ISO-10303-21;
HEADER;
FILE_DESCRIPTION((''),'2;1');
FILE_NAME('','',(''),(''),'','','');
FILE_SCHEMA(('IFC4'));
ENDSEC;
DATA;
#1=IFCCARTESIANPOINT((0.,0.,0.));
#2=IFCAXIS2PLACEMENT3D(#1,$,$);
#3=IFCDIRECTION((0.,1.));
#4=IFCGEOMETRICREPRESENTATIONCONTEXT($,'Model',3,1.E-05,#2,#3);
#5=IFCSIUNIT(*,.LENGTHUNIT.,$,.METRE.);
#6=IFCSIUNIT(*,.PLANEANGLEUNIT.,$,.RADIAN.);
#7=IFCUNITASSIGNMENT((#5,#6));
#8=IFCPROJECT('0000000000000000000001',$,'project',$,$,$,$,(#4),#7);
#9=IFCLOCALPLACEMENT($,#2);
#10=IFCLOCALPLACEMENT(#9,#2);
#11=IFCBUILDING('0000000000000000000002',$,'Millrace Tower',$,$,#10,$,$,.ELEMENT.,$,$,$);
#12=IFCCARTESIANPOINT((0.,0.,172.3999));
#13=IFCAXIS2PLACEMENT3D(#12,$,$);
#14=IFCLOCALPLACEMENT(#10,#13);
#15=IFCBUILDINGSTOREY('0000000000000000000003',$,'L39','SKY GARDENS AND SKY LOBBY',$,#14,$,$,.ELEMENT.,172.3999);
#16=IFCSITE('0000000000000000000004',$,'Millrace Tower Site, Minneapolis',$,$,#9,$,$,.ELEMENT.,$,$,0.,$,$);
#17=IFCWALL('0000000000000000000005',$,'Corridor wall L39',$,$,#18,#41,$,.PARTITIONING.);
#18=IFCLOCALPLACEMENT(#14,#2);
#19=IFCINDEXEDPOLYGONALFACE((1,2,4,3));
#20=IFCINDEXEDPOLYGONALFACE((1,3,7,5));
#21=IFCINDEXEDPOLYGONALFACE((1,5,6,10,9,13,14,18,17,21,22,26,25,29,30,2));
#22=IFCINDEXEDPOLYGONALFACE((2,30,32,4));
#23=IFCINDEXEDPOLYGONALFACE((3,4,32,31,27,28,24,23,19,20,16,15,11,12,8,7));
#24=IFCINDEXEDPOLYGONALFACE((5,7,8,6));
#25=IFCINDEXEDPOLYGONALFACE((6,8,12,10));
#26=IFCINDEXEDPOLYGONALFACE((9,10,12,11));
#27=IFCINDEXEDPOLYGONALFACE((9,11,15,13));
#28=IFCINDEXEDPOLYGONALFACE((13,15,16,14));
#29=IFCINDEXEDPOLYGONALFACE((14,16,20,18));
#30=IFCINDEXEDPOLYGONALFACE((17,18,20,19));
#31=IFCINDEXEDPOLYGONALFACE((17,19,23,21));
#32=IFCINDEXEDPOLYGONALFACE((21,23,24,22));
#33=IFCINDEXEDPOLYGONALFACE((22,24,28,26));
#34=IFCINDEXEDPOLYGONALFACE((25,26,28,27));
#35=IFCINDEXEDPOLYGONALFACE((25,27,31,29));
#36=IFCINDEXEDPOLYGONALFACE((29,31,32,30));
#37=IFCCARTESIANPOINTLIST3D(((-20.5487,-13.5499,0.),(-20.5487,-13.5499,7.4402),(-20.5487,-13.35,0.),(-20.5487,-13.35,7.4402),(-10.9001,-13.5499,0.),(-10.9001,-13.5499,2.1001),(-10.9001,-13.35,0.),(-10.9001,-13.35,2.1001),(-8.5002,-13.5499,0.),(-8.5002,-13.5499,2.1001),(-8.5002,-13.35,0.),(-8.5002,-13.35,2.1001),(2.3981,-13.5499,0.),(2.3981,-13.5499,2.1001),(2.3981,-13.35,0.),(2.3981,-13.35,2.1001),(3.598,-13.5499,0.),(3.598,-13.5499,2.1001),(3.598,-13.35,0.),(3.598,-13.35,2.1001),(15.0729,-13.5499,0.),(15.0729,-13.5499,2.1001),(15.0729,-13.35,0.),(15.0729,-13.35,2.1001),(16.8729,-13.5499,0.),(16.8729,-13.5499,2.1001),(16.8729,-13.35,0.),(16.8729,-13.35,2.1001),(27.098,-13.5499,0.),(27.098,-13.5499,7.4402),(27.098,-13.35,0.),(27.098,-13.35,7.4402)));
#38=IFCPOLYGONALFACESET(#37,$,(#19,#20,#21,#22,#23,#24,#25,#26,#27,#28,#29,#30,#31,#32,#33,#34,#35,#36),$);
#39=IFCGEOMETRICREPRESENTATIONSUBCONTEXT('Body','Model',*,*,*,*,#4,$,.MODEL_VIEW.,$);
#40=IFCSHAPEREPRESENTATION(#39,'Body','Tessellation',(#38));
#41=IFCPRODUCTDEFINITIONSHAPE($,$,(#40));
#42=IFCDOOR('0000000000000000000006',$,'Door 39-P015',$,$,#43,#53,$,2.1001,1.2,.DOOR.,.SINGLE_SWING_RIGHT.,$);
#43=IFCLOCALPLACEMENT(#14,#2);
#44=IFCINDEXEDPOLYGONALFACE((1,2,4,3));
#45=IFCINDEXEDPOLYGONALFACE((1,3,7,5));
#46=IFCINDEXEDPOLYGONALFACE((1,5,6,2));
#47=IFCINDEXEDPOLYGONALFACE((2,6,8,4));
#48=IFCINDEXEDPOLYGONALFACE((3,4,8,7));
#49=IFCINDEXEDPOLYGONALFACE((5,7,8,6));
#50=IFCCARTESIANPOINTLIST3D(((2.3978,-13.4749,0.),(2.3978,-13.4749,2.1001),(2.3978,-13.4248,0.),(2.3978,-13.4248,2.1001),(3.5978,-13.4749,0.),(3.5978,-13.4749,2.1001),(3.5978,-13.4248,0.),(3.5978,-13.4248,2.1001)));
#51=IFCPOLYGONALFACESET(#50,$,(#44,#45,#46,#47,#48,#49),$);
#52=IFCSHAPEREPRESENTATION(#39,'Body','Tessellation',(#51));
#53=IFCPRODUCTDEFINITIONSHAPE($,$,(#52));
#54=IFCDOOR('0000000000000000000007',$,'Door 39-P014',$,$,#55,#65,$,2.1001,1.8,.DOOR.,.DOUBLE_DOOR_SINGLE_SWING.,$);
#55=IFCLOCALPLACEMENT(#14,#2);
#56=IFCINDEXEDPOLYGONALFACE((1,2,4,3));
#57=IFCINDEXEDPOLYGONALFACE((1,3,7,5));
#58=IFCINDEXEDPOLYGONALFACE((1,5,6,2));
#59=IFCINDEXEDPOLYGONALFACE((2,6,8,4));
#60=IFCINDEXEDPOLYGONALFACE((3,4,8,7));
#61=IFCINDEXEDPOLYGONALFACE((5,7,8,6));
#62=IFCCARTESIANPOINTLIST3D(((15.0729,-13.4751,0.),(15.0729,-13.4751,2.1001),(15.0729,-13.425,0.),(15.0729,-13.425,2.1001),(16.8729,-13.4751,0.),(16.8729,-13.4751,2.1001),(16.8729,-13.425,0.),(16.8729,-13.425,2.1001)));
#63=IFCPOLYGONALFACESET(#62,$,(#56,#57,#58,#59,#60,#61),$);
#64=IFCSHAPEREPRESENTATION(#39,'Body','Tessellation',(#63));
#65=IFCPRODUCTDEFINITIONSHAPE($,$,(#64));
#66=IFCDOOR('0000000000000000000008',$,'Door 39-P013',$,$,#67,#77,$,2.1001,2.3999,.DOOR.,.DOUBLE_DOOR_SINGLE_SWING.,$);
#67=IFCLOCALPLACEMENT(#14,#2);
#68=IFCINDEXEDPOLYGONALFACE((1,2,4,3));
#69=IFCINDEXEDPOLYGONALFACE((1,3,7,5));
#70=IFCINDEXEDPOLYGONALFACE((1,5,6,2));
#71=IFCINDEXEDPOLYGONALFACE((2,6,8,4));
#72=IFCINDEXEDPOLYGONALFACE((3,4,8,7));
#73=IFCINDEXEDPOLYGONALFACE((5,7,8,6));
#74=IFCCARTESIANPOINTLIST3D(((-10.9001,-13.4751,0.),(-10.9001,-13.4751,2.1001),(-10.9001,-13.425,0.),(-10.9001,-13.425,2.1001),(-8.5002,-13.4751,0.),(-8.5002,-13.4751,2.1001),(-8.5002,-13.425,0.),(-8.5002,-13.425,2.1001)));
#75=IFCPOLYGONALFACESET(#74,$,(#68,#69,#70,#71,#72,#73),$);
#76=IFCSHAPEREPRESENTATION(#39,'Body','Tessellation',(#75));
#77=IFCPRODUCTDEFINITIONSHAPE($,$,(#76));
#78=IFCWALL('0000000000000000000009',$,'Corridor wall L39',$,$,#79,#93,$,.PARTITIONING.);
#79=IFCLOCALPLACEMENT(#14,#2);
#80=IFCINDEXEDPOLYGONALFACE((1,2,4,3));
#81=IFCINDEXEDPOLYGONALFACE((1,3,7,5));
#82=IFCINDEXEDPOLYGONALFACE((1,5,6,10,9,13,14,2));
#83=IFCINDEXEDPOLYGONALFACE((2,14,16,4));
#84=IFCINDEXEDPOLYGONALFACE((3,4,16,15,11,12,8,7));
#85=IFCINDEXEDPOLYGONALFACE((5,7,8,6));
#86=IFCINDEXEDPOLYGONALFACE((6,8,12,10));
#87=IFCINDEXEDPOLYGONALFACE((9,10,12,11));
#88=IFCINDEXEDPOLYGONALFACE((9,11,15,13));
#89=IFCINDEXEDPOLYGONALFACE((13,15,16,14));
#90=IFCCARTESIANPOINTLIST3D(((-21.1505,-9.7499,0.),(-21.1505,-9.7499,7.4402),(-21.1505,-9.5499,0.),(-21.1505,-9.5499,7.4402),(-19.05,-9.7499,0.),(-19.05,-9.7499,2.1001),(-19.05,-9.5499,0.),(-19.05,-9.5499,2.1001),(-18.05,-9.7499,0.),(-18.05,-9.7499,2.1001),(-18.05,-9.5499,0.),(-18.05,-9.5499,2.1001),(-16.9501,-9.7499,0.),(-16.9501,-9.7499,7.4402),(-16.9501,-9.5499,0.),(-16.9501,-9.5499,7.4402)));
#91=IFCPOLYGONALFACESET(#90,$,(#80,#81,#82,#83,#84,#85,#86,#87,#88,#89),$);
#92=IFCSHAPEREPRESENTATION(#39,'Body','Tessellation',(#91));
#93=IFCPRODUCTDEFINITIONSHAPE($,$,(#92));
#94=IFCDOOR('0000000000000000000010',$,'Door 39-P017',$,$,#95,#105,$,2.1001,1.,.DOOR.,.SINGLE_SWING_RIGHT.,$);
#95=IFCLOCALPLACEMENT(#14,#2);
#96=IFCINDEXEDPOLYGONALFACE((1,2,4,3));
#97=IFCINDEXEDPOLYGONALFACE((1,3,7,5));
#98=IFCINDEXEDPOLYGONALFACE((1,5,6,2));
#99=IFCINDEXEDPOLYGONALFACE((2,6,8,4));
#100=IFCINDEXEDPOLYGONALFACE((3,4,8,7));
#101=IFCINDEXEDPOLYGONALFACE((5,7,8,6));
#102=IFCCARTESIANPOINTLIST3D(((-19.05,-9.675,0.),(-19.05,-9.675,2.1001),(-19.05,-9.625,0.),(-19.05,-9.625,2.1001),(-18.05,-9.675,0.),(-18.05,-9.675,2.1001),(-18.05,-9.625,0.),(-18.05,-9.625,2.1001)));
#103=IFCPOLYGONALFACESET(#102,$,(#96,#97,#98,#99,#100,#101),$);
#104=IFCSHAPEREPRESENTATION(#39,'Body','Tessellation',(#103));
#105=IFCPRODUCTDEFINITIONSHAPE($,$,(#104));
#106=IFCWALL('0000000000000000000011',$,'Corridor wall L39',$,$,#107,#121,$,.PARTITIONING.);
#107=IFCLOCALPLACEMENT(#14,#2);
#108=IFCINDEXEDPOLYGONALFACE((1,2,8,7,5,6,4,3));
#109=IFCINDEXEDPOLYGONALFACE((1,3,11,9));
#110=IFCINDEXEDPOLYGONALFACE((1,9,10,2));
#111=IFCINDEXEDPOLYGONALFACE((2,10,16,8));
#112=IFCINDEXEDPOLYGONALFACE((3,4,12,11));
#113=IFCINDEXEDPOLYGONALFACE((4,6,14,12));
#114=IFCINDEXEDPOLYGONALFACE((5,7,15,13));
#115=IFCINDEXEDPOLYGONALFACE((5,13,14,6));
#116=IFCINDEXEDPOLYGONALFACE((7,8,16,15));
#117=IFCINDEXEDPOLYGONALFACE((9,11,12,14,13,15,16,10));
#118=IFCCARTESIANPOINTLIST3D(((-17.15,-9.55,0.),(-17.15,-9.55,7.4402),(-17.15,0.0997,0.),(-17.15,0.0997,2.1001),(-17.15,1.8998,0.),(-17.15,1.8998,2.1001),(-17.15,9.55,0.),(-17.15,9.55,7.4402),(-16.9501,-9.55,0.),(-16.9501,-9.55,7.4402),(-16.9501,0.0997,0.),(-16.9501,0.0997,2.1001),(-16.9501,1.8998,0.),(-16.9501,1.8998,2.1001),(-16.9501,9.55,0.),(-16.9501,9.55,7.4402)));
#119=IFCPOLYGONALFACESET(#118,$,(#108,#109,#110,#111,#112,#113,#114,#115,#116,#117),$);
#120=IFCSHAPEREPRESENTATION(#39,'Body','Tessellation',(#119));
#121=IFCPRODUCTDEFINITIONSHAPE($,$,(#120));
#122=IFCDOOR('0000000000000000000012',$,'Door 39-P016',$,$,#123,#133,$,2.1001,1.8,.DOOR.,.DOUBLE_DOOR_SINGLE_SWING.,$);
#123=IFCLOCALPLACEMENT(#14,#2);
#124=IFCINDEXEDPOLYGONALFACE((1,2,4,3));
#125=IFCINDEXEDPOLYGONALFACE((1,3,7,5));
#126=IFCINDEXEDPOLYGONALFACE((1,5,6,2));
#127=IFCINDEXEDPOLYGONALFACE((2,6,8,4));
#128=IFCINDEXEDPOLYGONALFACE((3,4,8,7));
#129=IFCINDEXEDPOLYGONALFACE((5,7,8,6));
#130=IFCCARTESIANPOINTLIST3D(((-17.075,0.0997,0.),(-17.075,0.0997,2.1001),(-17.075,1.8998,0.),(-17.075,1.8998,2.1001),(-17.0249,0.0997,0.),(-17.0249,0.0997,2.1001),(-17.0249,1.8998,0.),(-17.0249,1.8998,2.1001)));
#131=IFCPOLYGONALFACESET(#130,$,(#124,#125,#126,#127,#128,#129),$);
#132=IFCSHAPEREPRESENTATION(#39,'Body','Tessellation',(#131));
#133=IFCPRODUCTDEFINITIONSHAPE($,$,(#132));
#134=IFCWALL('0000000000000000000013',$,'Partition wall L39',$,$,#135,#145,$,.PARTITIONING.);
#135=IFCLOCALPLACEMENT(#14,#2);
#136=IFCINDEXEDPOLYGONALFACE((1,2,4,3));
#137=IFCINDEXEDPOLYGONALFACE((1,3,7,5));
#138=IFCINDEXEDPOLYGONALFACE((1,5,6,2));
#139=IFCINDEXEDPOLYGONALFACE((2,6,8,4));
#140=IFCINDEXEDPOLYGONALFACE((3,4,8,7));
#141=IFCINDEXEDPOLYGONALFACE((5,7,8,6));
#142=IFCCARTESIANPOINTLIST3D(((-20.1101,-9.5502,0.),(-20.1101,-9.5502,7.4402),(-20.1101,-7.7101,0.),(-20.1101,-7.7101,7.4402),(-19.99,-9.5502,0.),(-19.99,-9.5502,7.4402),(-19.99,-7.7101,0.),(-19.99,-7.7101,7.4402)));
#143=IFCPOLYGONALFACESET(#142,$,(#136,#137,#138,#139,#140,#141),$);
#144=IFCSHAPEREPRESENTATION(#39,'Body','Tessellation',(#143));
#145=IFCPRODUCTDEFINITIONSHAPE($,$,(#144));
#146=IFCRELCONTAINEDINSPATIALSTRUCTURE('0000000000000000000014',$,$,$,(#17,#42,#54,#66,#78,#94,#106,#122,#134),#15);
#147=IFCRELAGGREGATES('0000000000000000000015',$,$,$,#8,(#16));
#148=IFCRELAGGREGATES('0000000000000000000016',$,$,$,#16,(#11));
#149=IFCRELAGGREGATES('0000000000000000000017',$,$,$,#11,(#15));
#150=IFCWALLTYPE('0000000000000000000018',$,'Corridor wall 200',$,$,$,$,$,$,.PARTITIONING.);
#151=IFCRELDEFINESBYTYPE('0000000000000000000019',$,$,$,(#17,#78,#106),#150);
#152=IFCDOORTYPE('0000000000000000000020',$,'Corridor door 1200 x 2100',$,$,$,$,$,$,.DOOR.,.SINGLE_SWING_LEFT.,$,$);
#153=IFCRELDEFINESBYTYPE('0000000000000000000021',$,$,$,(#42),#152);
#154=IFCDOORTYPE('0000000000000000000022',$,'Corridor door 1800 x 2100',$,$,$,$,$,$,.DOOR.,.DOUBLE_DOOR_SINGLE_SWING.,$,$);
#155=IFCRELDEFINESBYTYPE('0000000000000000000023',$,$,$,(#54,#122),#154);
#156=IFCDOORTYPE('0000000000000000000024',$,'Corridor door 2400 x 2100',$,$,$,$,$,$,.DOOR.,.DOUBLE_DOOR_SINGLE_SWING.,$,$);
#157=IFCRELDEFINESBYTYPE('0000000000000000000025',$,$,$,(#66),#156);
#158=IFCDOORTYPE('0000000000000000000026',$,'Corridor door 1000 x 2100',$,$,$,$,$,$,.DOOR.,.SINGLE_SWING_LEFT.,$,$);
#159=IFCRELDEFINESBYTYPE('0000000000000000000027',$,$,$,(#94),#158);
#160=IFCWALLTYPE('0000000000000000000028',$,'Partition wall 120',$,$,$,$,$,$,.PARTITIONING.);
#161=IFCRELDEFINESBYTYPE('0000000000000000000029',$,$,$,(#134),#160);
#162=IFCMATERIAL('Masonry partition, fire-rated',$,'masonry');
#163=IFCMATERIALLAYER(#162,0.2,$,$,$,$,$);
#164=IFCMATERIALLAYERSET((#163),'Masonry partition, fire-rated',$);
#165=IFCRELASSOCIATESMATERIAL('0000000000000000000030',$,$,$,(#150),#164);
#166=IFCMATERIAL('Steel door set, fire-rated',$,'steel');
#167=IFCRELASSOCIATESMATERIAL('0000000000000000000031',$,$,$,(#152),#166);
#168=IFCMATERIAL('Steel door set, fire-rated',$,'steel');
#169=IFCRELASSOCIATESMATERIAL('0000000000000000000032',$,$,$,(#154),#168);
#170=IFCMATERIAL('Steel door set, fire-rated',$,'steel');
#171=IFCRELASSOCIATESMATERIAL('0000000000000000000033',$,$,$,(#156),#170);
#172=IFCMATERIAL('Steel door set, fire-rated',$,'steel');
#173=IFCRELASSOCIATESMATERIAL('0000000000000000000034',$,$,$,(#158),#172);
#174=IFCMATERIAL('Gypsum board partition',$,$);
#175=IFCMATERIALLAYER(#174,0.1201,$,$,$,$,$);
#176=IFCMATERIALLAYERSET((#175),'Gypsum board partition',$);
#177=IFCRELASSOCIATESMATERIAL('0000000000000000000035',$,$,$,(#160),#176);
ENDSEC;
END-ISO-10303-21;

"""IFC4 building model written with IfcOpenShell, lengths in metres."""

from ifc_helpers import new_model, si_unit, direction, frame, frame_2d, origin, place, context, subcontext, project, spatial, rectangle, extrude, material, layer, layer_set, type_object, element, fill, save


model = new_model("IFC4")

# Units and contexts
model_context = context("Model", 3, precision=1e-05, world=origin(), true_north=direction((0.0, 1.0)))
body_context = subcontext(model_context, "Body", "Model", "MODEL_VIEW")
ifc_project = project(units=[si_unit("LENGTHUNIT", "METRE"), si_unit("PLANEANGLEUNIT", "RADIAN")], contexts=[model_context])

# Site, building, storey
site_placement = place(None, origin())
site = spatial("IfcSite", under=ifc_project, at=site_placement, Name="Millrace Tower Site, Minneapolis", CompositionType="ELEMENT", RefElevation=0.0)
building_placement = place(site_placement, origin())
building = spatial("IfcBuilding", under=site, at=building_placement, Name="Millrace Tower", CompositionType="ELEMENT")
storey_placement = place(building_placement, frame((0.0, 0.0, 172.3999)))
storey = spatial("IfcBuildingStorey", under=building, at=storey_placement, Name="L39", Description="SKY GARDENS AND SKY LOBBY", CompositionType="ELEMENT", Elevation=172.3999)

# Wall, openings, doors
ifc_material_1 = material(Name="Masonry partition, fire-rated", Category="masonry")
ifc_layer_1 = layer(ifc_material_1, 0.2)
ifc_layer_set_1 = layer_set([ifc_layer_1], Name="Masonry partition, fire-rated")
wall_type_1 = type_object("IfcWallType", Name="Corridor wall 200", PredefinedType="PARTITIONING", material=ifc_layer_set_1)
wall_1_placement = place(storey_placement, frame((-20.5486, -13.45, 0.0), z_axis=(0.0, 0.0, 1.0), x_axis=(1.0, 0.0, 0.0)))
wall_1 = element("IfcWall", 1, at=wall_1_placement, inside=storey, type_object=wall_type_1, Name="Corridor wall L39", PredefinedType="PARTITIONING", context=body_context, shape_type="SweptSolid", body=[
    extrude(rectangle(XDim=47.6467, YDim=0.2, at=frame_2d((23.8232, 0.0))), origin(), (0.0, 0.0, 1.0), 7.4402),
])
opening_1_placement = place(wall_1_placement, frame((9.6484, 0.0, 0.0)))
opening_1 = element("IfcOpeningElement", 2, at=opening_1_placement, cuts=wall_1, PredefinedType="OPENING", context=body_context, shape_type="SweptSolid", body=[
    extrude(rectangle(XDim=2.3999, YDim=2.1001, at=frame_2d((1.2, 1.05))), frame((0.0, 0.1099, 0.0), z_axis=(0.0, -1.0, 0.0), x_axis=(1.0, 0.0, 0.0)), (0.0, 0.0, 1.0), 0.22),
])
opening_2_placement = place(wall_1_placement, frame((35.6216, 0.0, 0.0)))
opening_2 = element("IfcOpeningElement", 3, at=opening_2_placement, cuts=wall_1, PredefinedType="OPENING", context=body_context, shape_type="SweptSolid", body=[
    extrude(rectangle(XDim=1.8, YDim=2.1001, at=frame_2d((0.8999, 1.05))), frame((0.0, 0.1099, 0.0), z_axis=(0.0, -1.0, 0.0), x_axis=(1.0, 0.0, 0.0)), (0.0, 0.0, 1.0), 0.22),
])
opening_3_placement = place(wall_1_placement, frame((22.9465, 0.0, 0.0)))
opening_3 = element("IfcOpeningElement", 4, at=opening_3_placement, cuts=wall_1, PredefinedType="OPENING", context=body_context, shape_type="SweptSolid", body=[
    extrude(rectangle(XDim=1.2, YDim=2.1001, at=frame_2d((0.6001, 1.05))), frame((0.0, 0.1099, 0.0), z_axis=(0.0, -1.0, 0.0), x_axis=(1.0, 0.0, 0.0)), (0.0, 0.0, 1.0), 0.22),
])
ifc_material_2 = material(Name="Steel door set, fire-rated", Category="steel")
door_type_1 = type_object("IfcDoorType", Name="Corridor door 1200 x 2100", OperationType="SINGLE_SWING_LEFT", PredefinedType="DOOR", material=ifc_material_2)
door_1_placement = place(opening_3_placement, frame((1.2, 0.0, 0.0), z_axis=(0.0, 0.0, 1.0), x_axis=(-1.0, 0.0, 0.0)))
door_1 = element("IfcDoor", 5, at=door_1_placement, inside=storey, type_object=door_type_1, Name="Door 39-P015", OperationType="SINGLE_SWING_RIGHT", OverallHeight=2.1001, OverallWidth=1.2, PredefinedType="DOOR", context=body_context, shape_type="SweptSolid", body=[
    extrude(rectangle(XDim=1.2, YDim=2.1001, at=frame_2d((0.6001, 1.05))), frame((0.0, 0.0249, 0.0), z_axis=(0.0, -1.0, 0.0), x_axis=(1.0, 0.0, 0.0)), (0.0, 0.0, 1.0), 0.05),
])
fill(opening_3, door_1)
ifc_material_3 = material(Name="Steel door set, fire-rated", Category="steel")
door_type_2 = type_object("IfcDoorType", Name="Corridor door 1800 x 2100", OperationType="DOUBLE_DOOR_SINGLE_SWING", PredefinedType="DOOR", material=ifc_material_3)
door_2_placement = place(opening_2_placement, origin())
door_2 = element("IfcDoor", 6, at=door_2_placement, inside=storey, type_object=door_type_2, Name="Door 39-P014", OperationType="DOUBLE_DOOR_SINGLE_SWING", OverallHeight=2.1001, OverallWidth=1.8, PredefinedType="DOOR", context=body_context, shape_type="SweptSolid", body=[
    extrude(rectangle(XDim=1.8, YDim=2.1001, at=frame_2d((0.8999, 1.05))), frame((0.0, 0.0249, 0.0), z_axis=(0.0, -1.0, 0.0), x_axis=(1.0, 0.0, 0.0)), (0.0, 0.0, 1.0), 0.05),
])
fill(opening_2, door_2)
ifc_material_4 = material(Name="Steel door set, fire-rated", Category="steel")
door_type_3 = type_object("IfcDoorType", Name="Corridor door 2400 x 2100", OperationType="DOUBLE_DOOR_SINGLE_SWING", PredefinedType="DOOR", material=ifc_material_4)
door_3_placement = place(opening_1_placement, origin())
door_3 = element("IfcDoor", 7, at=door_3_placement, inside=storey, type_object=door_type_3, Name="Door 39-P013", OperationType="DOUBLE_DOOR_SINGLE_SWING", OverallHeight=2.1001, OverallWidth=2.3999, PredefinedType="DOOR", context=body_context, shape_type="SweptSolid", body=[
    extrude(rectangle(XDim=2.3999, YDim=2.1001, at=frame_2d((1.2, 1.05))), frame((0.0, 0.0249, 0.0), z_axis=(0.0, -1.0, 0.0), x_axis=(1.0, 0.0, 0.0)), (0.0, 0.0, 1.0), 0.05),
])
fill(opening_1, door_3)

# Walls, openings, doors
wall_2_placement = place(storey_placement, frame((-21.1504, -9.6499, 0.0), z_axis=(0.0, 0.0, 1.0), x_axis=(1.0, 0.0, 0.0)))
wall_2 = element("IfcWall", 8, at=wall_2_placement, inside=storey, type_object=wall_type_1, Name="Corridor wall L39", PredefinedType="PARTITIONING", context=body_context, shape_type="SweptSolid", body=[
    extrude(rectangle(XDim=4.2004, YDim=0.2, at=frame_2d((2.1001, 0.0))), origin(), (0.0, 0.0, 1.0), 7.4402),
])
opening_4_placement = place(wall_2_placement, frame((2.1003, 0.0, 0.0)))
opening_4 = element("IfcOpeningElement", 9, at=opening_4_placement, cuts=wall_2, PredefinedType="OPENING", context=body_context, shape_type="SweptSolid", body=[
    extrude(rectangle(XDim=1.0, YDim=2.1001, at=frame_2d((0.5, 1.05))), frame((0.0, 0.1099, 0.0), z_axis=(0.0, -1.0, 0.0), x_axis=(1.0, 0.0, 0.0)), (0.0, 0.0, 1.0), 0.22),
])
ifc_material_5 = material(Name="Steel door set, fire-rated", Category="steel")
door_type_4 = type_object("IfcDoorType", Name="Corridor door 1000 x 2100", OperationType="SINGLE_SWING_LEFT", PredefinedType="DOOR", material=ifc_material_5)
door_4_placement = place(opening_4_placement, origin())
door_4 = element("IfcDoor", 10, at=door_4_placement, inside=storey, type_object=door_type_4, Name="Door 39-P017", OperationType="SINGLE_SWING_RIGHT", OverallHeight=2.1001, OverallWidth=1.0, PredefinedType="DOOR", context=body_context, shape_type="SweptSolid", body=[
    extrude(rectangle(XDim=1.0, YDim=2.1001, at=frame_2d((0.5, 1.05))), frame((0.0, 0.0249, 0.0), z_axis=(0.0, -1.0, 0.0), x_axis=(1.0, 0.0, 0.0)), (0.0, 0.0, 1.0), 0.05),
])
fill(opening_4, door_4)
wall_3_placement = place(storey_placement, frame((-17.05, -9.55, 0.0), z_axis=(0.0, 0.0, 1.0), x_axis=(0.0, 1.0, 0.0)))
wall_3 = element("IfcWall", 11, at=wall_3_placement, inside=storey, type_object=wall_type_1, Name="Corridor wall L39", PredefinedType="PARTITIONING", context=body_context, shape_type="SweptSolid", body=[
    extrude(rectangle(XDim=19.1001, YDim=0.2, at=frame_2d((9.55, 0.0))), origin(), (0.0, 0.0, 1.0), 7.4402),
])
opening_5_placement = place(wall_3_placement, frame((9.6499, 0.0, 0.0)))
opening_5 = element("IfcOpeningElement", 12, at=opening_5_placement, cuts=wall_3, PredefinedType="OPENING", context=body_context, shape_type="SweptSolid", body=[
    extrude(rectangle(XDim=1.8, YDim=2.1001, at=frame_2d((0.8999, 1.05))), frame((0.0, 0.1099, 0.0), z_axis=(0.0, -1.0, 0.0), x_axis=(1.0, 0.0, 0.0)), (0.0, 0.0, 1.0), 0.22),
])
door_5_placement = place(opening_5_placement, origin())
door_5 = element("IfcDoor", 13, at=door_5_placement, inside=storey, type_object=door_type_2, Name="Door 39-P016", OperationType="DOUBLE_DOOR_SINGLE_SWING", OverallHeight=2.1001, OverallWidth=1.8, PredefinedType="DOOR", context=body_context, shape_type="SweptSolid", body=[
    extrude(rectangle(XDim=1.8, YDim=2.1001, at=frame_2d((0.8999, 1.05))), frame((0.0, 0.0249, 0.0), z_axis=(0.0, -1.0, 0.0), x_axis=(1.0, 0.0, 0.0)), (0.0, 0.0, 1.0), 0.05),
])
fill(opening_5, door_5)

# Wall
ifc_material_6 = material(Name="Gypsum board partition")
ifc_layer_2 = layer(ifc_material_6, 0.1201)
ifc_layer_set_2 = layer_set([ifc_layer_2], Name="Gypsum board partition")
wall_type_2 = type_object("IfcWallType", Name="Partition wall 120", PredefinedType="PARTITIONING", material=ifc_layer_set_2)
wall_4_placement = place(storey_placement, frame((-20.05, -9.55, 0.0), z_axis=(0.0, 0.0, 1.0), x_axis=(0.0, 1.0, 0.0)))
element("IfcWall", 14, at=wall_4_placement, inside=storey, type_object=wall_type_2, Name="Partition wall L39", PredefinedType="PARTITIONING", context=body_context, shape_type="SweptSolid", body=[
    extrude(rectangle(XDim=1.8401, YDim=0.1201, at=frame_2d((0.9199, 0.0))), origin(), (0.0, 0.0, 1.0), 7.4402),
])

save(model, "model.ifc")
